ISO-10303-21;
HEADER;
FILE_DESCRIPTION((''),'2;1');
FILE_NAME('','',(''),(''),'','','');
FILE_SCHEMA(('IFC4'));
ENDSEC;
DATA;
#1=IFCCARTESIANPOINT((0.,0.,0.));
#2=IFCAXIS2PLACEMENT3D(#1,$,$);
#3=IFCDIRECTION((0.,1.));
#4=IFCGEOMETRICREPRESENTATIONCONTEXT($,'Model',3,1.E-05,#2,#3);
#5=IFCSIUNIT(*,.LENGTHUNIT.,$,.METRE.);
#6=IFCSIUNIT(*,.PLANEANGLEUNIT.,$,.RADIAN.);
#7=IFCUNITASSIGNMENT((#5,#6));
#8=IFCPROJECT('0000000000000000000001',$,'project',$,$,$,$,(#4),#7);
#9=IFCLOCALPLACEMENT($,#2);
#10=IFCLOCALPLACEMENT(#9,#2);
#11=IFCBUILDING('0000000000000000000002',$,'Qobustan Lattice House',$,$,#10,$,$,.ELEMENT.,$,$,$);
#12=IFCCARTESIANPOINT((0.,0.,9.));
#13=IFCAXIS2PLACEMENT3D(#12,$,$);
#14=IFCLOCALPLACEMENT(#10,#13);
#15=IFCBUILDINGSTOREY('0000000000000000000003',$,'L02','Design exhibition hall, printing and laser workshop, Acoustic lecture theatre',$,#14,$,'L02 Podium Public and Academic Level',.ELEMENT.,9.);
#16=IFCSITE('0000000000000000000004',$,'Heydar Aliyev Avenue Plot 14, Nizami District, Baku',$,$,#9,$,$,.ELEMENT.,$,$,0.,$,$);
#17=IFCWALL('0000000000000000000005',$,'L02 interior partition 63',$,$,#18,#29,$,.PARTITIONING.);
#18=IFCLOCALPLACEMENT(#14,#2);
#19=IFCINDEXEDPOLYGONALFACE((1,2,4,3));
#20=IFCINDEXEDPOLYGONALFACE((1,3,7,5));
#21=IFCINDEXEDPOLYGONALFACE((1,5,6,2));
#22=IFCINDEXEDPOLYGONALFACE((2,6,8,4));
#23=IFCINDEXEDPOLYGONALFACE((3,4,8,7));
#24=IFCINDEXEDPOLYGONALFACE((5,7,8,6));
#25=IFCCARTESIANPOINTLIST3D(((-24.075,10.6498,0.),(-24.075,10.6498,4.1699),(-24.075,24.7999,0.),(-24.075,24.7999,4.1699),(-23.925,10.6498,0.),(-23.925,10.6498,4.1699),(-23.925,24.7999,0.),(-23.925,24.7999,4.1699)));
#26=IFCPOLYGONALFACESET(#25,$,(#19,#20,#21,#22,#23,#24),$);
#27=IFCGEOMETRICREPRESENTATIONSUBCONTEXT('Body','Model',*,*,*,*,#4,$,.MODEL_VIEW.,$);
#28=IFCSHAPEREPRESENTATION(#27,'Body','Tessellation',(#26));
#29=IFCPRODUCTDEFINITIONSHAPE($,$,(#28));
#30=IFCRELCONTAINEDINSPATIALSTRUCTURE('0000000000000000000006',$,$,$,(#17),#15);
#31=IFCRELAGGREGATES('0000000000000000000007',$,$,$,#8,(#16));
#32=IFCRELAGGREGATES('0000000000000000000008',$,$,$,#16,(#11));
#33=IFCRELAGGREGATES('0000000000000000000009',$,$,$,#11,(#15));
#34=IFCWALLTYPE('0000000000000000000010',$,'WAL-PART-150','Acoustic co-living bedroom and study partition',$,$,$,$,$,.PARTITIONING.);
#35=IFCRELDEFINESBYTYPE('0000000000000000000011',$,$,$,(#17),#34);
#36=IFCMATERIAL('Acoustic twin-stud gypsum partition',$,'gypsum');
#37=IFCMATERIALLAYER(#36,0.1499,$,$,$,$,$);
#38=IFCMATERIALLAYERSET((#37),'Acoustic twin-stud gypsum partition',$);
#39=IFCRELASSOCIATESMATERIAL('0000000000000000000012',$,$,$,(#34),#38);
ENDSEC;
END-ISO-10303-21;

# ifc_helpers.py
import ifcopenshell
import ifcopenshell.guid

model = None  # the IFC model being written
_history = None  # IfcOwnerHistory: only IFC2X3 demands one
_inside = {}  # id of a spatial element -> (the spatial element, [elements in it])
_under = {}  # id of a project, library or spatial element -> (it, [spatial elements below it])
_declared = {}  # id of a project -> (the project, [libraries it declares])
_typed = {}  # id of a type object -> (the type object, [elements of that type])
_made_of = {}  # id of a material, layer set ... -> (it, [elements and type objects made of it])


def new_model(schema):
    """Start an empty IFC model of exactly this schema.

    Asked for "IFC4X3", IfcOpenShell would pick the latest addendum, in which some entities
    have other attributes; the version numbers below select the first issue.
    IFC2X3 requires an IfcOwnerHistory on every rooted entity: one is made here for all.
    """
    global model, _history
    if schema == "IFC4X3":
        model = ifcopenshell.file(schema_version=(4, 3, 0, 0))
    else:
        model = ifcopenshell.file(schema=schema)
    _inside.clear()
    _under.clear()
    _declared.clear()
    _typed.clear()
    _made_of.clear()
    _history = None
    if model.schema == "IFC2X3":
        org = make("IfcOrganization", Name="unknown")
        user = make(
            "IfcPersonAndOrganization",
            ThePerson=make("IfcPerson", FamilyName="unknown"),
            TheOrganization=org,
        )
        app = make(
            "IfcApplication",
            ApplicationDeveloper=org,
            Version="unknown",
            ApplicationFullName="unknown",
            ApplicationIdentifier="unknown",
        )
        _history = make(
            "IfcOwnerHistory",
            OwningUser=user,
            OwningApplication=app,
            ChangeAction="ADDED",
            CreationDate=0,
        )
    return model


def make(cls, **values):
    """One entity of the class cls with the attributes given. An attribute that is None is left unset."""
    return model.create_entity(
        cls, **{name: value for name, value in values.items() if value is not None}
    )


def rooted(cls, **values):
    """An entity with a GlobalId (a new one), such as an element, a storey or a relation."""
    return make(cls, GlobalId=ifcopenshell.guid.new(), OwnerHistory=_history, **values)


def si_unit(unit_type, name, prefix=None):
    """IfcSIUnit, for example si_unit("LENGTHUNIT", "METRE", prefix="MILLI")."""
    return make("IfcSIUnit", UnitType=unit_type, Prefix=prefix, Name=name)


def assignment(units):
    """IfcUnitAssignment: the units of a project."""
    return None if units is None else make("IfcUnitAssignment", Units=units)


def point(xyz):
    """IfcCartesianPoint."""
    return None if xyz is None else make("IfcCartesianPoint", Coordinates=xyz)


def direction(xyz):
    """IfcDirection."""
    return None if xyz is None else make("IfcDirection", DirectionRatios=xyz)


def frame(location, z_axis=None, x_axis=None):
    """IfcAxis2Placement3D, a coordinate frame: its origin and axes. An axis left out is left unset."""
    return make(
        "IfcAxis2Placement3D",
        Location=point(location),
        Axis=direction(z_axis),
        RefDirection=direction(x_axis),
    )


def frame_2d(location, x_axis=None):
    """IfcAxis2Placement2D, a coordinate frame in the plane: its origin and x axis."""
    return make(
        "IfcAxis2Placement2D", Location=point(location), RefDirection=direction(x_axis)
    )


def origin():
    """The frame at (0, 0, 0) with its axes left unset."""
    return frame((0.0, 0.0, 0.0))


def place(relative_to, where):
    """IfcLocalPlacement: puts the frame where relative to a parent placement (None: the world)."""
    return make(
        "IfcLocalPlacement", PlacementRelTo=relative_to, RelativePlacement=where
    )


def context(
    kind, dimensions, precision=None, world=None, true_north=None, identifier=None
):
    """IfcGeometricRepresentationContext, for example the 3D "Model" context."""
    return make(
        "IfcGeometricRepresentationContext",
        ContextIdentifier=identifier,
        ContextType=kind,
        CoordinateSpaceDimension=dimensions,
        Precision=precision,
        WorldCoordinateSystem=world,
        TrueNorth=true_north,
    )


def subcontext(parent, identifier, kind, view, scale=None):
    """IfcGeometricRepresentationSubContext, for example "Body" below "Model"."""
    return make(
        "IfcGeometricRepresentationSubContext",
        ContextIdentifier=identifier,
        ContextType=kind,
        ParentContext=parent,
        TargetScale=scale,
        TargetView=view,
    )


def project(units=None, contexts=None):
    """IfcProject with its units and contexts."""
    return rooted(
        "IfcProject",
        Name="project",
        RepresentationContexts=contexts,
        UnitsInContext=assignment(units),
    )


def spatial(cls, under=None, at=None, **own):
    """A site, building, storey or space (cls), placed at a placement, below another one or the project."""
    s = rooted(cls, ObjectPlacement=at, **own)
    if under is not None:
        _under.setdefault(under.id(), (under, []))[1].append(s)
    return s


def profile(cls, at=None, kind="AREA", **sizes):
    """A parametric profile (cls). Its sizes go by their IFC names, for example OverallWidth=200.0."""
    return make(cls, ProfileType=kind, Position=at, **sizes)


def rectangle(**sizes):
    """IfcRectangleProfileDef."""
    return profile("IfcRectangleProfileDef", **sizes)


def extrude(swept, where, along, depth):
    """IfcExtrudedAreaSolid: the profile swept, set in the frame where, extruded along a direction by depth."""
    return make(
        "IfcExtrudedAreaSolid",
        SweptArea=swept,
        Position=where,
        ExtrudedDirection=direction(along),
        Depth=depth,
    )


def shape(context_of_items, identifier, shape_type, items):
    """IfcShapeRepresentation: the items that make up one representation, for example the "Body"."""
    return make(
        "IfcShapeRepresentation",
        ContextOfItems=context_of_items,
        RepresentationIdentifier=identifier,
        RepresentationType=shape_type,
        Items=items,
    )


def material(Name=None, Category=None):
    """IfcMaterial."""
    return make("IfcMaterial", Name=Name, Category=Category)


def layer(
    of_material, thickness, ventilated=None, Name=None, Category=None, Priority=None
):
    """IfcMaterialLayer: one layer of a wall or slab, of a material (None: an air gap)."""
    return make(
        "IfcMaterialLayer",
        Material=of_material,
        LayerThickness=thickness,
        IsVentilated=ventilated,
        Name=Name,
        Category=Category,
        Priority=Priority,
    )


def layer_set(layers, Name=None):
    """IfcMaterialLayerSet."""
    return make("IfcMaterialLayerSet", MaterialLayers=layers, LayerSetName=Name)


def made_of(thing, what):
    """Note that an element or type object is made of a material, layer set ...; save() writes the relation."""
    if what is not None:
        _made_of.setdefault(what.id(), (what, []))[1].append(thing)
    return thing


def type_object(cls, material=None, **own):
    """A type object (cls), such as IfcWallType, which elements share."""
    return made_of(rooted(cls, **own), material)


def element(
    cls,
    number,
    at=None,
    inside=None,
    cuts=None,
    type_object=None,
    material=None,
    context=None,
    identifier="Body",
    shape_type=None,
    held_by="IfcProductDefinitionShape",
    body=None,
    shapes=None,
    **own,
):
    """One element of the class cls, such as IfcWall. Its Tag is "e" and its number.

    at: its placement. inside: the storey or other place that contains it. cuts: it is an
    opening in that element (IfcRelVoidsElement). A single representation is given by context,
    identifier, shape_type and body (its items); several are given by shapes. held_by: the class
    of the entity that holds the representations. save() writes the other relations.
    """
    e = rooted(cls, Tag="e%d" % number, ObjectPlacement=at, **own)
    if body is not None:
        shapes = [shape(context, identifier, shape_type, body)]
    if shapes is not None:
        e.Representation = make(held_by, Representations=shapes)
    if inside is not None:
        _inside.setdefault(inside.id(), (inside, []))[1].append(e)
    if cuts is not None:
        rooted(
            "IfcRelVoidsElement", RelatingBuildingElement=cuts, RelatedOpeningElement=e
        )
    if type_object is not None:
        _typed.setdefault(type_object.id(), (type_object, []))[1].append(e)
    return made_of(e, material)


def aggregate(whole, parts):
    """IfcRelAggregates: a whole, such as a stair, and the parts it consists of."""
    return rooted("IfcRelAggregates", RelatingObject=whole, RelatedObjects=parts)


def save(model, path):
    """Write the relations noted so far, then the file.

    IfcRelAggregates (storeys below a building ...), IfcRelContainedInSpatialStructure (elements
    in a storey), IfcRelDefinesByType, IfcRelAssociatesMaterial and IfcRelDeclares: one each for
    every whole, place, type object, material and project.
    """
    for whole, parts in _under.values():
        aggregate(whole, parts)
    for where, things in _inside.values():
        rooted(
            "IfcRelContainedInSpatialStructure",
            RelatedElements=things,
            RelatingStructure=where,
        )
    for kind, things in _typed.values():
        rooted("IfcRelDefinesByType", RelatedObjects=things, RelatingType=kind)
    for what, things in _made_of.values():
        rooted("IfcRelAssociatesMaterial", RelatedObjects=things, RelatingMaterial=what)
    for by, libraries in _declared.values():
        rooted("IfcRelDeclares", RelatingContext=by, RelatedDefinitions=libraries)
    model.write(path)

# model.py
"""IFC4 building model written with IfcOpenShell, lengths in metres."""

from ifc_helpers import new_model, si_unit, direction, frame, frame_2d, origin, place, context, subcontext, project, spatial, rectangle, extrude, material, layer, layer_set, type_object, element, save


model = new_model("IFC4")

# Units and contexts
model_context = context("Model", 3, precision=1e-05, world=origin(), true_north=direction((0.0, 1.0)))
body_context = subcontext(model_context, "Body", "Model", "MODEL_VIEW")
ifc_project = project(units=[si_unit("LENGTHUNIT", "METRE"), si_unit("PLANEANGLEUNIT", "RADIAN")], contexts=[model_context])

# Site, building, storey
site_placement = place(None, origin())
site = spatial("IfcSite", under=ifc_project, at=site_placement, Name="Heydar Aliyev Avenue Plot 14, Nizami District, Baku", CompositionType="ELEMENT", RefElevation=0.0)
building_placement = place(site_placement, origin())
building = spatial("IfcBuilding", under=site, at=building_placement, Name="Qobustan Lattice House", CompositionType="ELEMENT")
storey_placement = place(building_placement, frame((0.0, 0.0, 9.0)))
storey = spatial("IfcBuildingStorey", under=building, at=storey_placement, Name="L02", Description="Design exhibition hall, printing and laser workshop, Acoustic lecture theatre", LongName="L02 Podium Public and Academic Level", CompositionType="ELEMENT", Elevation=9.0)

# Shared definitions
ifc_material_1 = material(Name="Acoustic twin-stud gypsum partition", Category="gypsum")
ifc_layer_1 = layer(ifc_material_1, 0.1499)
ifc_layer_set_1 = layer_set([ifc_layer_1], Name="Acoustic twin-stud gypsum partition")
wall_type_1 = type_object("IfcWallType", Name="WAL-PART-150", Description="Acoustic co-living bedroom and study partition", PredefinedType="PARTITIONING", material=ifc_layer_set_1)

# Wall
wall_1_placement = place(storey_placement, frame((-24.0, 24.8, 0.0), z_axis=(0.0, 0.0, 1.0), x_axis=(0.0, -1.0, 0.0)))
element("IfcWall", 1, at=wall_1_placement, inside=storey, type_object=wall_type_1, Name="L02 interior partition 63", PredefinedType="PARTITIONING", context=body_context, shape_type="SweptSolid", body=[
    extrude(rectangle(XDim=14.1501, YDim=0.1499, at=frame_2d((7.0752, 0.0))), origin(), (0.0, 0.0, 1.0), 4.1699),
])

save(model, "model.ifc")
